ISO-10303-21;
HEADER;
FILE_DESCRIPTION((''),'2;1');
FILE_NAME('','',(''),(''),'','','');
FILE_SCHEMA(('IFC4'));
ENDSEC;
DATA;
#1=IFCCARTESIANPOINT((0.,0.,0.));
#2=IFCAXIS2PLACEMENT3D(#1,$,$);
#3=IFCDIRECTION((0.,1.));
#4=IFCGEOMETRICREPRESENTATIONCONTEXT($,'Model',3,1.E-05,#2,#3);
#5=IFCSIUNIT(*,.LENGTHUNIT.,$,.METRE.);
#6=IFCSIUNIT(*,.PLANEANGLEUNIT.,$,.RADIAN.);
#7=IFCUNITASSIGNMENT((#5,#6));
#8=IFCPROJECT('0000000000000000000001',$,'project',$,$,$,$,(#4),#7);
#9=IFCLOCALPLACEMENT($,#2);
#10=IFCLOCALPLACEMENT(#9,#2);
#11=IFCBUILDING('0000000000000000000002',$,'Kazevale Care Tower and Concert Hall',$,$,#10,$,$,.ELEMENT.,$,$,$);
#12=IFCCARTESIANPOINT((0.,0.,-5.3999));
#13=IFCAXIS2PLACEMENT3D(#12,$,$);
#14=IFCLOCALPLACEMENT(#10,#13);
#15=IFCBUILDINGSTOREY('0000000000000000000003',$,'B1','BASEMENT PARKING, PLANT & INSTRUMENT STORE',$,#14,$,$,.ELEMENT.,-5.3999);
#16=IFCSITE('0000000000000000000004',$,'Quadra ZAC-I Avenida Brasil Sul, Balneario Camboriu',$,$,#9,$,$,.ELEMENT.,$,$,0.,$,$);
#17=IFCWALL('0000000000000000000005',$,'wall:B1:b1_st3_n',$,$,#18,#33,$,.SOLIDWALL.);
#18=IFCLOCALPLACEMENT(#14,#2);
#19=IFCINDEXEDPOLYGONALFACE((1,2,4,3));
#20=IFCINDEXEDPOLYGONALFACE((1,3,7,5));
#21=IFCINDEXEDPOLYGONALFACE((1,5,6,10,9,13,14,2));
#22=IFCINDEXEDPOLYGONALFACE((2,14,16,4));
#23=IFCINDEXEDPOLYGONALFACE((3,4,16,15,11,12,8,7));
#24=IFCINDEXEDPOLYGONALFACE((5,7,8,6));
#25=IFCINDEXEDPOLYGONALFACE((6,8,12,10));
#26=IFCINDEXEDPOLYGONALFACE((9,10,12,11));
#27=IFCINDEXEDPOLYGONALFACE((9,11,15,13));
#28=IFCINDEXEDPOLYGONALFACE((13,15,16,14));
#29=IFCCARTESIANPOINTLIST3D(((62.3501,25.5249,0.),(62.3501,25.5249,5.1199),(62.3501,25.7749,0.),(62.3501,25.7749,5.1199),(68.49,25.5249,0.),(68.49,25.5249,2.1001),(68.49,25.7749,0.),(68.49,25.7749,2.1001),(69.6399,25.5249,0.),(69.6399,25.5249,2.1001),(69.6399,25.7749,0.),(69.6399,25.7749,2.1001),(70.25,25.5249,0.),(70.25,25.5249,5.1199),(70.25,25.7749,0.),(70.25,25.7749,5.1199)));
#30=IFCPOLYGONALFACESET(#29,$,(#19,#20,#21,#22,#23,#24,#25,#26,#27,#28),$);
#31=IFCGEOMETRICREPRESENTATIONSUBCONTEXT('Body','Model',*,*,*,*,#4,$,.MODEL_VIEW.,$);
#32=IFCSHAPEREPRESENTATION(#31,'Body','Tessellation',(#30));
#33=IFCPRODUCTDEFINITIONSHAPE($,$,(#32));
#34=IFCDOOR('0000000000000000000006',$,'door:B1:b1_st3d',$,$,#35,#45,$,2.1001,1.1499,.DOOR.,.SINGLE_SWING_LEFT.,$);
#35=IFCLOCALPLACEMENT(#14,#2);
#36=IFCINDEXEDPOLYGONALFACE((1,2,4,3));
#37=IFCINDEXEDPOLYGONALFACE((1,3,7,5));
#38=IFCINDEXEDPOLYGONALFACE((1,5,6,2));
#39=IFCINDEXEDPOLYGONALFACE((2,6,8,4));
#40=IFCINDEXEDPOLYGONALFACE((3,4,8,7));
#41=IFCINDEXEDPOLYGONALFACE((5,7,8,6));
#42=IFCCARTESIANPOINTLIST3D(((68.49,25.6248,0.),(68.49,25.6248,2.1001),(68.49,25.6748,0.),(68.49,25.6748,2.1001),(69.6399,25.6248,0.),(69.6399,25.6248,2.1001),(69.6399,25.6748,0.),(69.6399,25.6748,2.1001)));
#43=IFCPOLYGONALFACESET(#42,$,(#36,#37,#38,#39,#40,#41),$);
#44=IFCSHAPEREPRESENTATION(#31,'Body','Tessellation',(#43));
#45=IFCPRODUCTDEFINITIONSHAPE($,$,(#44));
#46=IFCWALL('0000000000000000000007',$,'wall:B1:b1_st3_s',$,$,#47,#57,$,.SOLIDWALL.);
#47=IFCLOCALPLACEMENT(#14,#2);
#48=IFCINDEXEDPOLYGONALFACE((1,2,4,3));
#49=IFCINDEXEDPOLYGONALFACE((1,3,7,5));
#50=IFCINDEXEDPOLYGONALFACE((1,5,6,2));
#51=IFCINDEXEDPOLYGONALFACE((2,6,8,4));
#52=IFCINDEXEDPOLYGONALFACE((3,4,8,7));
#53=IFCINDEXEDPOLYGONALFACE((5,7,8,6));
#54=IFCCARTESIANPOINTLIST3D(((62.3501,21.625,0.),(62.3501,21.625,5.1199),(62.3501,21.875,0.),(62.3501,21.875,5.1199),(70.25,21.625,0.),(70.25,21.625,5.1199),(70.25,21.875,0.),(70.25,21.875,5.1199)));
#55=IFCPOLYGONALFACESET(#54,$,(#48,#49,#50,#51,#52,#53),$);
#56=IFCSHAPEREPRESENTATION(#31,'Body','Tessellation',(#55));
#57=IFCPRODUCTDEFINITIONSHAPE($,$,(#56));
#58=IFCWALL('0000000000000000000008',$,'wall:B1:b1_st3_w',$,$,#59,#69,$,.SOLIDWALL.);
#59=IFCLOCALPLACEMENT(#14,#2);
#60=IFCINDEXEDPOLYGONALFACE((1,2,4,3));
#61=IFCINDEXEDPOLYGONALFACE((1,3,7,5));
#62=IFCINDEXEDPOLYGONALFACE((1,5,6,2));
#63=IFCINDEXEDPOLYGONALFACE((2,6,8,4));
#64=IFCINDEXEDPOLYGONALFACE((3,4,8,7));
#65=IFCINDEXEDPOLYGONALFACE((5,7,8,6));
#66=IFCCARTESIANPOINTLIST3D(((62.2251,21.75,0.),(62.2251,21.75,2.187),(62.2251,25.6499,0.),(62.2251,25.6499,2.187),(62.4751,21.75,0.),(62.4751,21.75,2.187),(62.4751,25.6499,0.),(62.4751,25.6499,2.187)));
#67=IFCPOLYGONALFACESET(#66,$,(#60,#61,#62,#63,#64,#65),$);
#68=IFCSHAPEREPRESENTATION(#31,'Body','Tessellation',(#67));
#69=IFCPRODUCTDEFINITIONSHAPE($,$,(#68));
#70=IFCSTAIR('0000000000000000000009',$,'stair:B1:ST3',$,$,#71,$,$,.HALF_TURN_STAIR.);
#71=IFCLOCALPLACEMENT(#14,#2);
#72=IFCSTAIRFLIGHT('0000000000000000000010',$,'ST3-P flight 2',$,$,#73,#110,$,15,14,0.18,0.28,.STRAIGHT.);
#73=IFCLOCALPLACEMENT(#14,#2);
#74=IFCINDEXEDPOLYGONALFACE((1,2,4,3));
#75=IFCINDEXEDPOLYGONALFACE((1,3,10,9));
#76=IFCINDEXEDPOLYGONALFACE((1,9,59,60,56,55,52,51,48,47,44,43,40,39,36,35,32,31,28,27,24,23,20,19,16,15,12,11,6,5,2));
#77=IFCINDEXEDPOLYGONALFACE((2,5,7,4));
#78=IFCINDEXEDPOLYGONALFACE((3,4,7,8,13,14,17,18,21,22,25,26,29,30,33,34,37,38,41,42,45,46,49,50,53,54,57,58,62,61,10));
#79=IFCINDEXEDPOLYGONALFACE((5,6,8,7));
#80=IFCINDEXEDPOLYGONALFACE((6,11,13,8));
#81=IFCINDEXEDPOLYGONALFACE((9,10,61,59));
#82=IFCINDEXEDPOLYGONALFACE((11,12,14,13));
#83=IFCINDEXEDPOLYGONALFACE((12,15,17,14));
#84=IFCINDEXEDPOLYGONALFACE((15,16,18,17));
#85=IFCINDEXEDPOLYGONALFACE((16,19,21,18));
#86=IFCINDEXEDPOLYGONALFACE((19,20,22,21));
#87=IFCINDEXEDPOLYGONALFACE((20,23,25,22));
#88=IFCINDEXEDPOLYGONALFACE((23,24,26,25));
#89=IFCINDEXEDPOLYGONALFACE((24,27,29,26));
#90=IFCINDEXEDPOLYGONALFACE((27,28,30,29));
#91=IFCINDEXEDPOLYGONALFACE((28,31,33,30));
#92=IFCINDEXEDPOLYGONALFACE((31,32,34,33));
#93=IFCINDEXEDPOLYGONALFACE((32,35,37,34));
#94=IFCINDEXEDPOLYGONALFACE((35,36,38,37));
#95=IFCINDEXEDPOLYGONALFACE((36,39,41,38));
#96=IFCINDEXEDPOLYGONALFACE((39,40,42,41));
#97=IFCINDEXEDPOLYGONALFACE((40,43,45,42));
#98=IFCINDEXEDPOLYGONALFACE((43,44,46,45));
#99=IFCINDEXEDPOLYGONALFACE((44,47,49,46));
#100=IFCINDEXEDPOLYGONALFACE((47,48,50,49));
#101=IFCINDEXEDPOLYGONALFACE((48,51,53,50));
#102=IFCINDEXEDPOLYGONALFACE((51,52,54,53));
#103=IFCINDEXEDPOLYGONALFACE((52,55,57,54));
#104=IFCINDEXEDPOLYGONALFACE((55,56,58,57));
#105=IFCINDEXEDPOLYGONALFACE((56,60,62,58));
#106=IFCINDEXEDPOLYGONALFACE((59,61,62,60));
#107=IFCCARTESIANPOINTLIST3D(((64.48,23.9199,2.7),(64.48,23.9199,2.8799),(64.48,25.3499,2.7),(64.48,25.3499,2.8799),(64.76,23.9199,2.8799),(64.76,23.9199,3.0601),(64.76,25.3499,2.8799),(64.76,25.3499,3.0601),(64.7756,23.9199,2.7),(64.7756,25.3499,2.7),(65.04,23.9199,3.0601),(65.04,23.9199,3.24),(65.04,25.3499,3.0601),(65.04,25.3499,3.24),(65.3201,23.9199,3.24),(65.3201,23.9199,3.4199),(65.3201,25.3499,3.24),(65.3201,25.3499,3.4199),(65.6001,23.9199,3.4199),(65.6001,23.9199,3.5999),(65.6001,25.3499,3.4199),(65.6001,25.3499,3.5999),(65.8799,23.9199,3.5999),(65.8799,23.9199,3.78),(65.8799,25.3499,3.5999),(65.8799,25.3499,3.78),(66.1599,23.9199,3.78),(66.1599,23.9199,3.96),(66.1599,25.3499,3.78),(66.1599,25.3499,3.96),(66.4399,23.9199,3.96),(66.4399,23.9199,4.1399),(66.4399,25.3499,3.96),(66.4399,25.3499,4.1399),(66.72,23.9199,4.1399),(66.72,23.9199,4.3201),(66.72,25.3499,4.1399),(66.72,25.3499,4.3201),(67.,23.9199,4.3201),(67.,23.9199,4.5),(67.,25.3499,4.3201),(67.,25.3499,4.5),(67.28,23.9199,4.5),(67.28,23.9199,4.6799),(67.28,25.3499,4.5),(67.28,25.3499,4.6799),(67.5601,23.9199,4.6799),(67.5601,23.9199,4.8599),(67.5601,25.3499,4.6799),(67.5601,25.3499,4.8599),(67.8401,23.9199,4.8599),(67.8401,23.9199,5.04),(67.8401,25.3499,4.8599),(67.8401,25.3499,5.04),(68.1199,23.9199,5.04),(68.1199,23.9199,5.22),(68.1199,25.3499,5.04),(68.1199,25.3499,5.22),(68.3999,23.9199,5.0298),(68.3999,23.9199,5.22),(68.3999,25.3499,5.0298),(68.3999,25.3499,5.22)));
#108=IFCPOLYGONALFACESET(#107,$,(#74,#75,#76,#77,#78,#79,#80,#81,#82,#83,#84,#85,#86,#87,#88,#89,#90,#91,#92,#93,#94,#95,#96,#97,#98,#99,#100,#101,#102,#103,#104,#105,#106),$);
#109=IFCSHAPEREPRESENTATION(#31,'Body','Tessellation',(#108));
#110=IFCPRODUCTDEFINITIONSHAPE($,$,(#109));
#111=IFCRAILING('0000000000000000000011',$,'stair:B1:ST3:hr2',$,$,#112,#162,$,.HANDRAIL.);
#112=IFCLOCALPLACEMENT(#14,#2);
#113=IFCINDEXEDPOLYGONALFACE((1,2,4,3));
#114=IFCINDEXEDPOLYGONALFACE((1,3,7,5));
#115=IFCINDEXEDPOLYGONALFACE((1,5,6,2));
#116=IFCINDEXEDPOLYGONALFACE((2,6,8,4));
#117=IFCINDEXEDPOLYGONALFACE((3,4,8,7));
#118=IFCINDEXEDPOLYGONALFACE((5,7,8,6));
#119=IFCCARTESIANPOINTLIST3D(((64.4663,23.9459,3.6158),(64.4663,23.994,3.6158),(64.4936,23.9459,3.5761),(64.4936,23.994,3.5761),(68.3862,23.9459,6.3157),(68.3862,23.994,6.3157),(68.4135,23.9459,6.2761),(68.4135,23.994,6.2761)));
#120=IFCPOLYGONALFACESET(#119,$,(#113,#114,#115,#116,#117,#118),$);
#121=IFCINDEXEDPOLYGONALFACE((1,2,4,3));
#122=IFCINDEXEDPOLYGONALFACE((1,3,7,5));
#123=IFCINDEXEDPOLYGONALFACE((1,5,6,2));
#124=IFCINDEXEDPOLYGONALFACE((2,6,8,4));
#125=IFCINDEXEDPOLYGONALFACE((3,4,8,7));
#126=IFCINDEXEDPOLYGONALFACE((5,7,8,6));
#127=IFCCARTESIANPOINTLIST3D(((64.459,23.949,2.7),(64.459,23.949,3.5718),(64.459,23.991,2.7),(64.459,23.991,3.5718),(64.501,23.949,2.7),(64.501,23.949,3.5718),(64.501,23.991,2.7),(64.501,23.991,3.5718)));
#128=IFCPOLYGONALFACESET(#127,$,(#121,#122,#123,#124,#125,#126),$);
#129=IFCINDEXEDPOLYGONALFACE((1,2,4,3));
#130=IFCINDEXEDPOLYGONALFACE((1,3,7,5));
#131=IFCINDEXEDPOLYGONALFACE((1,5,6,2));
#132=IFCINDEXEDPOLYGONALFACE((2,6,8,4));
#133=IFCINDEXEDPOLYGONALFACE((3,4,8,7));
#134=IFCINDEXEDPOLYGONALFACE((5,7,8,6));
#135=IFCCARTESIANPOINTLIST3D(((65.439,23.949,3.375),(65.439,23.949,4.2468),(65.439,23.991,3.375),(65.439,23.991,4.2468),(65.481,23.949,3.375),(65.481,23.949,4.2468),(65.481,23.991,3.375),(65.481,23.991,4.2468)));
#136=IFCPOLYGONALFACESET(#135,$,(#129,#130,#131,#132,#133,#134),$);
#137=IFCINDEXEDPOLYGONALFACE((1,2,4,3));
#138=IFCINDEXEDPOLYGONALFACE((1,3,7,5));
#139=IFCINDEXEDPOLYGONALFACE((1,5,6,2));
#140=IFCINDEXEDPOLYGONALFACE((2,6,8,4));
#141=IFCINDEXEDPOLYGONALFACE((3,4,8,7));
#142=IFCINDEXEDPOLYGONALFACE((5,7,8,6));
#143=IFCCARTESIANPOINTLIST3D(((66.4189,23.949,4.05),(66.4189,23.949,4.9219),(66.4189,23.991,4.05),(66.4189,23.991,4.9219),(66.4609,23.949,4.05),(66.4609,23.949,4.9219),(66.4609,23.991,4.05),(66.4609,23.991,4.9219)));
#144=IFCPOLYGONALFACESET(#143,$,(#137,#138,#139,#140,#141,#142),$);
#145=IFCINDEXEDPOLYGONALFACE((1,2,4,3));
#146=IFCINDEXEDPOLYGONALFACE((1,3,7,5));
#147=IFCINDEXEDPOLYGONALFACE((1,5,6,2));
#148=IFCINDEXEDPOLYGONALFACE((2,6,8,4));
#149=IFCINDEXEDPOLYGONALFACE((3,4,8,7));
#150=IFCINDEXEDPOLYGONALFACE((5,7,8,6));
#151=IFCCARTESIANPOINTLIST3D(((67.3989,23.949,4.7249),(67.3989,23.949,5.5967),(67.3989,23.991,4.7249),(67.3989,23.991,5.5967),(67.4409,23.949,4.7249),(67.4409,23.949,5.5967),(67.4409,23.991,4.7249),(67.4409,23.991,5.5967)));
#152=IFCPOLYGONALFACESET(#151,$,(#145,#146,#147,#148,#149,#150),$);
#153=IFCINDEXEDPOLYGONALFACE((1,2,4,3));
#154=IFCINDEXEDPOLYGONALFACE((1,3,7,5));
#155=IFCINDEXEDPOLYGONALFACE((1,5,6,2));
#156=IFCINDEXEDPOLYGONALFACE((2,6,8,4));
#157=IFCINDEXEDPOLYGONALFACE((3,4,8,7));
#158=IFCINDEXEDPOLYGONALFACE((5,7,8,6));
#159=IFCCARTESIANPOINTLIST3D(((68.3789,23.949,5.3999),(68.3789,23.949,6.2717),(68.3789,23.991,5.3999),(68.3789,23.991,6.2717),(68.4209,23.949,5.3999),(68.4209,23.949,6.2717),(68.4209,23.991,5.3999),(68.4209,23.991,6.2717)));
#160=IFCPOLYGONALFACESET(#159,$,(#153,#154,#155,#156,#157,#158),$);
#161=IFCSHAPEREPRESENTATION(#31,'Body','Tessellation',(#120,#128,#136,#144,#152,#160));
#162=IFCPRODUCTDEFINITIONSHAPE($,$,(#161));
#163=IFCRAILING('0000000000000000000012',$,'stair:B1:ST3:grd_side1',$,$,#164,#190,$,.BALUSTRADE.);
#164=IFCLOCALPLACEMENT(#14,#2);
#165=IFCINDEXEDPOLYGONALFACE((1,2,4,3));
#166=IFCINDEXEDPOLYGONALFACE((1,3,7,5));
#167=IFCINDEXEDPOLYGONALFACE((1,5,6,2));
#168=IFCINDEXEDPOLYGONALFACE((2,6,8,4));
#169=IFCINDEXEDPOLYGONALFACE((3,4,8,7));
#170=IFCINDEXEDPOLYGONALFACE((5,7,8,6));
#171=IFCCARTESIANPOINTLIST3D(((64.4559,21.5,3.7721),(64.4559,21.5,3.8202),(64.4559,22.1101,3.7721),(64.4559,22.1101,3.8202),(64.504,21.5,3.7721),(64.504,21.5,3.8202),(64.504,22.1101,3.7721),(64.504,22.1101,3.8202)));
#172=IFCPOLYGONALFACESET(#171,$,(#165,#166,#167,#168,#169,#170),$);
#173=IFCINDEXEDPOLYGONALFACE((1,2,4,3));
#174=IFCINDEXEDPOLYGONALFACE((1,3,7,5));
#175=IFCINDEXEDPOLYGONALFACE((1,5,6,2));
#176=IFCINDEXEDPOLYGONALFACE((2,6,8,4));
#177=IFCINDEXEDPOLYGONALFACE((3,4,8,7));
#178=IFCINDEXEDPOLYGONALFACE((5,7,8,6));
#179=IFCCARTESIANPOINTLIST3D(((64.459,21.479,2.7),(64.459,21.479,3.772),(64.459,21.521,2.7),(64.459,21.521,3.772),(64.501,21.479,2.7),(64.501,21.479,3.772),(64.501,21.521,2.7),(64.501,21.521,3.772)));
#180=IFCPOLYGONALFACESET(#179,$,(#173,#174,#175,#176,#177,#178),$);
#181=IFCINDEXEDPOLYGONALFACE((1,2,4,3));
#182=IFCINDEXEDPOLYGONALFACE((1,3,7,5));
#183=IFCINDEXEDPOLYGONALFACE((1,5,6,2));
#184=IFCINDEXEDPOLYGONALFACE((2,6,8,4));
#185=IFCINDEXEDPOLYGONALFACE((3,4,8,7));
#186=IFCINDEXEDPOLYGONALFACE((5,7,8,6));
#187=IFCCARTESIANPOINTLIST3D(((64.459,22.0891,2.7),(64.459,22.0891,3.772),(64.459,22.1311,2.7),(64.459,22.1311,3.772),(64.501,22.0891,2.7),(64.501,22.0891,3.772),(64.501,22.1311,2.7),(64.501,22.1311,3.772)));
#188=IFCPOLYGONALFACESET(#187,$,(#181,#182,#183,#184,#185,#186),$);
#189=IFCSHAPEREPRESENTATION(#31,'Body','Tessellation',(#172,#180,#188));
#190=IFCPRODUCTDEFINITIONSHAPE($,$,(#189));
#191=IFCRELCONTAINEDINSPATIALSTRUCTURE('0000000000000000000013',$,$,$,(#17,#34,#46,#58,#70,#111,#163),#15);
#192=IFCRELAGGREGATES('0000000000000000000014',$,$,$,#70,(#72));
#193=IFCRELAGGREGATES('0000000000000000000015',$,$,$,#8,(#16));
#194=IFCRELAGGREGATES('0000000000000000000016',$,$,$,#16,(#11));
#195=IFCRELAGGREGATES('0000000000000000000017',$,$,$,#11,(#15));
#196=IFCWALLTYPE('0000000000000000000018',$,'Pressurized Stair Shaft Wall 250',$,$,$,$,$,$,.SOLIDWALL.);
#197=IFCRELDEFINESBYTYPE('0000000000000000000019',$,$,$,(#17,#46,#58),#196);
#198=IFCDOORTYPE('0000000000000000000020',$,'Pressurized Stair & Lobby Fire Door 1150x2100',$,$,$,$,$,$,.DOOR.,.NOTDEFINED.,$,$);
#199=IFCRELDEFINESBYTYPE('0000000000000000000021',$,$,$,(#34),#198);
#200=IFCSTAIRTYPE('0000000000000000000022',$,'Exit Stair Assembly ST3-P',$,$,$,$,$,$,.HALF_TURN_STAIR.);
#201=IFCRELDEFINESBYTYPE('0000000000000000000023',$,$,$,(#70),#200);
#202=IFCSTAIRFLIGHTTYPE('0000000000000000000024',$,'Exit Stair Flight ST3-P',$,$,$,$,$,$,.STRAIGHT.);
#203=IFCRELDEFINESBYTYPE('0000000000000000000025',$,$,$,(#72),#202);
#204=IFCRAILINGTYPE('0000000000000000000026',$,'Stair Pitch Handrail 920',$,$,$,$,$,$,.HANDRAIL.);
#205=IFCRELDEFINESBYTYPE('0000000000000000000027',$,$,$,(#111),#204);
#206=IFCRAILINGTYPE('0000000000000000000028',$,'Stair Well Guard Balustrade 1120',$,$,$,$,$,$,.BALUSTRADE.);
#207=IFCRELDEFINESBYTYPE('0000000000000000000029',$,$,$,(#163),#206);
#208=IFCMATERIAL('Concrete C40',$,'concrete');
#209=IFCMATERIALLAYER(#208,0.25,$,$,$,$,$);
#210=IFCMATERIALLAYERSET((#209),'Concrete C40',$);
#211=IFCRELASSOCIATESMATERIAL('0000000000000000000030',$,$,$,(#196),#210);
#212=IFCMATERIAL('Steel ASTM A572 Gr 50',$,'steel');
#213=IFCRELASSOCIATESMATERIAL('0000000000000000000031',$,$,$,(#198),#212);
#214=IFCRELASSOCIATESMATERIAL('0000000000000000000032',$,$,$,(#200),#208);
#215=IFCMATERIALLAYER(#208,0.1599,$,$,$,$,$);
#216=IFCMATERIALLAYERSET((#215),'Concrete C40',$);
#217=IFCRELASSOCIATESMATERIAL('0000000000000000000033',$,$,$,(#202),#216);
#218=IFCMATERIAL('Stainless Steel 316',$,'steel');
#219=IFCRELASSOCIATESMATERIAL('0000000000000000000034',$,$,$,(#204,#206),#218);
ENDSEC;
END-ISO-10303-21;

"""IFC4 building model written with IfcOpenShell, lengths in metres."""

from ifc_helpers import new_model, si_unit, direction, frame, frame_2d, origin, origin_2d, place, context, subcontext, project, spatial, polyline, rectangle, outline, extrude, material, layer, layer_set, type_object, element, fill, aggregate, save


model = new_model("IFC4")

# Units and contexts
model_context = context("Model", 3, precision=1e-05, world=origin(), true_north=direction((0.0, 1.0)))
body_context = subcontext(model_context, "Body", "Model", "MODEL_VIEW")
ifc_project = project(units=[si_unit("LENGTHUNIT", "METRE"), si_unit("PLANEANGLEUNIT", "RADIAN")], contexts=[model_context])

# Site, building, storey
site_placement = place(None, origin())
site = spatial("IfcSite", under=ifc_project, at=site_placement, Name="Quadra ZAC-I Avenida Brasil Sul, Balneario Camboriu", CompositionType="ELEMENT", RefElevation=0.0)
building_placement = place(site_placement, origin())
building = spatial("IfcBuilding", under=site, at=building_placement, Name="Kazevale Care Tower and Concert Hall", CompositionType="ELEMENT")
storey_placement = place(building_placement, frame((0.0, 0.0, -5.3999)))
storey = spatial("IfcBuildingStorey", under=building, at=storey_placement, Name="B1", Description="BASEMENT PARKING, PLANT & INSTRUMENT STORE", CompositionType="ELEMENT", Elevation=-5.3999)

# Shared definitions
ifc_material_1 = material(Name="Steel ASTM A572 Gr 50", Category="steel")

# Wall, opening, door
ifc_material_2 = material(Name="Concrete C40", Category="concrete")
ifc_layer_1 = layer(ifc_material_2, 0.25)
ifc_layer_set_1 = layer_set([ifc_layer_1], Name="Concrete C40")
wall_type = type_object("IfcWallType", Name="Pressurized Stair Shaft Wall 250", PredefinedType="SOLIDWALL", material=ifc_layer_set_1)
wall_1_placement = place(storey_placement, frame((62.3501, 25.6499, 0.0), z_axis=(0.0, 0.0, 1.0), x_axis=(1.0, 0.0, 0.0)))
wall_1 = element("IfcWall", 1, at=wall_1_placement, inside=storey, type_object=wall_type, Name="wall:B1:b1_st3_n", PredefinedType="SOLIDWALL", context=body_context, shape_type="SweptSolid", body=[
    extrude(rectangle(XDim=7.8999, YDim=0.25, at=frame_2d((3.95, 0.0))), origin(), (0.0, 0.0, 1.0), 5.1199),
])
opening_placement = place(wall_1_placement, frame((6.1399, 0.0, 0.0)))
opening = element("IfcOpeningElement", 2, at=opening_placement, cuts=wall_1, PredefinedType="OPENING", context=body_context, shape_type="SweptSolid", body=[
    extrude(rectangle(XDim=1.1499, YDim=2.1001, at=frame_2d((0.575, 1.05))), frame((0.0, 0.135, 0.0), z_axis=(0.0, -1.0, 0.0), x_axis=(1.0, 0.0, 0.0)), (0.0, 0.0, 1.0), 0.27),
])
door_type = type_object("IfcDoorType", Name="Pressurized Stair & Lobby Fire Door 1150x2100", OperationType="NOTDEFINED", PredefinedType="DOOR", material=ifc_material_1)
door_placement = place(opening_placement, origin())
door = element("IfcDoor", 3, at=door_placement, inside=storey, type_object=door_type, Name="door:B1:b1_st3d", OperationType="SINGLE_SWING_LEFT", OverallHeight=2.1001, OverallWidth=1.1499, PredefinedType="DOOR", context=body_context, shape_type="SweptSolid", body=[
    extrude(rectangle(XDim=1.1499, YDim=2.1001, at=frame_2d((0.575, 1.05))), frame((0.0, 0.0249, 0.0), z_axis=(0.0, -1.0, 0.0), x_axis=(1.0, 0.0, 0.0)), (0.0, 0.0, 1.0), 0.05),
])
fill(opening, door)

# Walls
wall_2_placement = place(storey_placement, frame((62.3501, 21.75, 0.0), z_axis=(0.0, 0.0, 1.0), x_axis=(1.0, 0.0, 0.0)))
element("IfcWall", 4, at=wall_2_placement, inside=storey, type_object=wall_type, Name="wall:B1:b1_st3_s", PredefinedType="SOLIDWALL", context=body_context, shape_type="SweptSolid", body=[
    extrude(rectangle(XDim=7.8999, YDim=0.25, at=frame_2d((3.95, 0.0))), origin(), (0.0, 0.0, 1.0), 5.1199),
])
wall_3_placement = place(storey_placement, frame((62.3501, 21.75, 0.0), z_axis=(0.0, 0.0, 1.0), x_axis=(0.0, 1.0, 0.0)))
element("IfcWall", 5, at=wall_3_placement, inside=storey, type_object=wall_type, Name="wall:B1:b1_st3_w", PredefinedType="SOLIDWALL", context=body_context, shape_type="SweptSolid", body=[
    extrude(rectangle(XDim=3.8999, YDim=0.25, at=frame_2d((1.95, 0.0))), origin(), (0.0, 0.0, 1.0), 2.187),
])

# Stair, stair flight
stair_type = type_object("IfcStairType", Name="Exit Stair Assembly ST3-P", PredefinedType="HALF_TURN_STAIR", material=ifc_material_2)
stair_placement = place(storey_placement, origin())
stair = element("IfcStair", 6, at=stair_placement, inside=storey, type_object=stair_type, Name="stair:B1:ST3", PredefinedType="HALF_TURN_STAIR")
ifc_layer_2 = layer(ifc_material_2, 0.1599)
ifc_layer_set_2 = layer_set([ifc_layer_2], Name="Concrete C40")
stair_flight_type = type_object("IfcStairFlightType", Name="Exit Stair Flight ST3-P", PredefinedType="STRAIGHT", material=ifc_layer_set_2)
stair_flight_placement = place(storey_placement, frame((64.48, 24.635, 2.7), z_axis=(0.0, 0.0, 1.0), x_axis=(1.0, 0.0, 0.0)))
stair_flight = element("IfcStairFlight", 7, at=stair_flight_placement, type_object=stair_flight_type, Name="ST3-P flight 2", NumberOfRisers=15, NumberOfTreads=14, PredefinedType="STRAIGHT", RiserHeight=0.18, TreadLength=0.28, context=body_context, shape_type="SweptSolid", body=[
    extrude(outline(polyline([(0.0, 0.0), (0.0, 0.1799), (0.28, 0.1799), (0.28, 0.3601), (0.5601, 0.3601), (0.5601, 0.54), (0.8401, 0.54), (0.8401, 0.72), (1.1201, 0.72), (1.1201, 0.8999), (1.3999, 0.8999), (1.3999, 1.0801), (1.6799, 1.0801), (1.6799, 1.26), (1.96, 1.26), (1.96, 1.4399), (2.24, 1.4399), (2.24, 1.6201), (2.52, 1.6201), (2.52, 1.8), (2.8, 1.8), (2.8, 1.98), (3.0801, 1.98), (3.0801, 2.1599), (3.3601, 2.1599), (3.3601, 2.3401), (3.6399, 2.3401), (3.6399, 2.52), (3.9199, 2.52), (3.9199, 2.7), (3.9199, 2.3298), (0.2957, 0.0), (0.0, 0.0)])), frame((0.0, 0.7148, 0.0), z_axis=(0.0, -1.0, 0.0), x_axis=(1.0, 0.0, 0.0)), (0.0, 0.0, 1.0), 1.4299),
])
aggregate(stair, [stair_flight])

# Railings
ifc_material_3 = material(Name="Stainless Steel 316", Category="steel")
railing_type_1 = type_object("IfcRailingType", Name="Stair Pitch Handrail 920", PredefinedType="HANDRAIL", material=ifc_material_3)
railing_1_placement = place(storey_placement, frame((64.48, 23.97, 2.7)))
element("IfcRailing", 8, at=railing_1_placement, inside=storey, type_object=railing_type_1, Name="stair:B1:ST3:hr2", PredefinedType="HANDRAIL", context=body_context, shape_type="SweptSolid", body=[
    extrude(rectangle(XDim=0.0481, YDim=0.0481, at=origin_2d()), frame((0.0, 0.0, 0.896), z_axis=(0.823551, 0.0, 0.567243), x_axis=(0.0, 1.0, 0.0)), (0.0, 0.0, 1.0), 4.7598),
    extrude(rectangle(XDim=0.042, YDim=0.042, at=origin_2d()), origin(), (0.0, 0.0, 1.0), 0.8718),
    extrude(rectangle(XDim=0.042, YDim=0.042, at=origin_2d()), frame((0.98, 0.0, 0.675)), (0.0, 0.0, 1.0), 0.8718),
    extrude(rectangle(XDim=0.042, YDim=0.042, at=origin_2d()), frame((1.96, 0.0, 1.3501)), (0.0, 0.0, 1.0), 0.8718),
    extrude(rectangle(XDim=0.042, YDim=0.042, at=origin_2d()), frame((2.9399, 0.0, 2.0249)), (0.0, 0.0, 1.0), 0.8718),
    extrude(rectangle(XDim=0.042, YDim=0.042, at=origin_2d()), frame((3.9199, 0.0, 2.7)), (0.0, 0.0, 1.0), 0.8718),
])
railing_type_2 = type_object("IfcRailingType", Name="Stair Well Guard Balustrade 1120", PredefinedType="BALUSTRADE", material=ifc_material_3)
railing_2_placement = place(storey_placement, frame((64.48, 21.5, 2.7)))
element("IfcRailing", 9, at=railing_2_placement, inside=storey, type_object=railing_type_2, Name="stair:B1:ST3:grd_side1", PredefinedType="BALUSTRADE", context=body_context, shape_type="SweptSolid", body=[
    extrude(rectangle(XDim=0.0481, YDim=0.0481, at=origin_2d()), frame((0.0, 0.0, 1.0962), z_axis=(0.0, 1.0, 0.0), x_axis=(-1.0, 0.0, 0.0)), (0.0, 0.0, 1.0), 0.6101),
    extrude(rectangle(XDim=0.042, YDim=0.042, at=origin_2d()), origin(), (0.0, 0.0, 1.0), 1.072),
    extrude(rectangle(XDim=0.042, YDim=0.042, at=origin_2d()), frame((0.0, 0.6101, 0.0)), (0.0, 0.0, 1.0), 1.072),
])

save(model, "model.ifc")
